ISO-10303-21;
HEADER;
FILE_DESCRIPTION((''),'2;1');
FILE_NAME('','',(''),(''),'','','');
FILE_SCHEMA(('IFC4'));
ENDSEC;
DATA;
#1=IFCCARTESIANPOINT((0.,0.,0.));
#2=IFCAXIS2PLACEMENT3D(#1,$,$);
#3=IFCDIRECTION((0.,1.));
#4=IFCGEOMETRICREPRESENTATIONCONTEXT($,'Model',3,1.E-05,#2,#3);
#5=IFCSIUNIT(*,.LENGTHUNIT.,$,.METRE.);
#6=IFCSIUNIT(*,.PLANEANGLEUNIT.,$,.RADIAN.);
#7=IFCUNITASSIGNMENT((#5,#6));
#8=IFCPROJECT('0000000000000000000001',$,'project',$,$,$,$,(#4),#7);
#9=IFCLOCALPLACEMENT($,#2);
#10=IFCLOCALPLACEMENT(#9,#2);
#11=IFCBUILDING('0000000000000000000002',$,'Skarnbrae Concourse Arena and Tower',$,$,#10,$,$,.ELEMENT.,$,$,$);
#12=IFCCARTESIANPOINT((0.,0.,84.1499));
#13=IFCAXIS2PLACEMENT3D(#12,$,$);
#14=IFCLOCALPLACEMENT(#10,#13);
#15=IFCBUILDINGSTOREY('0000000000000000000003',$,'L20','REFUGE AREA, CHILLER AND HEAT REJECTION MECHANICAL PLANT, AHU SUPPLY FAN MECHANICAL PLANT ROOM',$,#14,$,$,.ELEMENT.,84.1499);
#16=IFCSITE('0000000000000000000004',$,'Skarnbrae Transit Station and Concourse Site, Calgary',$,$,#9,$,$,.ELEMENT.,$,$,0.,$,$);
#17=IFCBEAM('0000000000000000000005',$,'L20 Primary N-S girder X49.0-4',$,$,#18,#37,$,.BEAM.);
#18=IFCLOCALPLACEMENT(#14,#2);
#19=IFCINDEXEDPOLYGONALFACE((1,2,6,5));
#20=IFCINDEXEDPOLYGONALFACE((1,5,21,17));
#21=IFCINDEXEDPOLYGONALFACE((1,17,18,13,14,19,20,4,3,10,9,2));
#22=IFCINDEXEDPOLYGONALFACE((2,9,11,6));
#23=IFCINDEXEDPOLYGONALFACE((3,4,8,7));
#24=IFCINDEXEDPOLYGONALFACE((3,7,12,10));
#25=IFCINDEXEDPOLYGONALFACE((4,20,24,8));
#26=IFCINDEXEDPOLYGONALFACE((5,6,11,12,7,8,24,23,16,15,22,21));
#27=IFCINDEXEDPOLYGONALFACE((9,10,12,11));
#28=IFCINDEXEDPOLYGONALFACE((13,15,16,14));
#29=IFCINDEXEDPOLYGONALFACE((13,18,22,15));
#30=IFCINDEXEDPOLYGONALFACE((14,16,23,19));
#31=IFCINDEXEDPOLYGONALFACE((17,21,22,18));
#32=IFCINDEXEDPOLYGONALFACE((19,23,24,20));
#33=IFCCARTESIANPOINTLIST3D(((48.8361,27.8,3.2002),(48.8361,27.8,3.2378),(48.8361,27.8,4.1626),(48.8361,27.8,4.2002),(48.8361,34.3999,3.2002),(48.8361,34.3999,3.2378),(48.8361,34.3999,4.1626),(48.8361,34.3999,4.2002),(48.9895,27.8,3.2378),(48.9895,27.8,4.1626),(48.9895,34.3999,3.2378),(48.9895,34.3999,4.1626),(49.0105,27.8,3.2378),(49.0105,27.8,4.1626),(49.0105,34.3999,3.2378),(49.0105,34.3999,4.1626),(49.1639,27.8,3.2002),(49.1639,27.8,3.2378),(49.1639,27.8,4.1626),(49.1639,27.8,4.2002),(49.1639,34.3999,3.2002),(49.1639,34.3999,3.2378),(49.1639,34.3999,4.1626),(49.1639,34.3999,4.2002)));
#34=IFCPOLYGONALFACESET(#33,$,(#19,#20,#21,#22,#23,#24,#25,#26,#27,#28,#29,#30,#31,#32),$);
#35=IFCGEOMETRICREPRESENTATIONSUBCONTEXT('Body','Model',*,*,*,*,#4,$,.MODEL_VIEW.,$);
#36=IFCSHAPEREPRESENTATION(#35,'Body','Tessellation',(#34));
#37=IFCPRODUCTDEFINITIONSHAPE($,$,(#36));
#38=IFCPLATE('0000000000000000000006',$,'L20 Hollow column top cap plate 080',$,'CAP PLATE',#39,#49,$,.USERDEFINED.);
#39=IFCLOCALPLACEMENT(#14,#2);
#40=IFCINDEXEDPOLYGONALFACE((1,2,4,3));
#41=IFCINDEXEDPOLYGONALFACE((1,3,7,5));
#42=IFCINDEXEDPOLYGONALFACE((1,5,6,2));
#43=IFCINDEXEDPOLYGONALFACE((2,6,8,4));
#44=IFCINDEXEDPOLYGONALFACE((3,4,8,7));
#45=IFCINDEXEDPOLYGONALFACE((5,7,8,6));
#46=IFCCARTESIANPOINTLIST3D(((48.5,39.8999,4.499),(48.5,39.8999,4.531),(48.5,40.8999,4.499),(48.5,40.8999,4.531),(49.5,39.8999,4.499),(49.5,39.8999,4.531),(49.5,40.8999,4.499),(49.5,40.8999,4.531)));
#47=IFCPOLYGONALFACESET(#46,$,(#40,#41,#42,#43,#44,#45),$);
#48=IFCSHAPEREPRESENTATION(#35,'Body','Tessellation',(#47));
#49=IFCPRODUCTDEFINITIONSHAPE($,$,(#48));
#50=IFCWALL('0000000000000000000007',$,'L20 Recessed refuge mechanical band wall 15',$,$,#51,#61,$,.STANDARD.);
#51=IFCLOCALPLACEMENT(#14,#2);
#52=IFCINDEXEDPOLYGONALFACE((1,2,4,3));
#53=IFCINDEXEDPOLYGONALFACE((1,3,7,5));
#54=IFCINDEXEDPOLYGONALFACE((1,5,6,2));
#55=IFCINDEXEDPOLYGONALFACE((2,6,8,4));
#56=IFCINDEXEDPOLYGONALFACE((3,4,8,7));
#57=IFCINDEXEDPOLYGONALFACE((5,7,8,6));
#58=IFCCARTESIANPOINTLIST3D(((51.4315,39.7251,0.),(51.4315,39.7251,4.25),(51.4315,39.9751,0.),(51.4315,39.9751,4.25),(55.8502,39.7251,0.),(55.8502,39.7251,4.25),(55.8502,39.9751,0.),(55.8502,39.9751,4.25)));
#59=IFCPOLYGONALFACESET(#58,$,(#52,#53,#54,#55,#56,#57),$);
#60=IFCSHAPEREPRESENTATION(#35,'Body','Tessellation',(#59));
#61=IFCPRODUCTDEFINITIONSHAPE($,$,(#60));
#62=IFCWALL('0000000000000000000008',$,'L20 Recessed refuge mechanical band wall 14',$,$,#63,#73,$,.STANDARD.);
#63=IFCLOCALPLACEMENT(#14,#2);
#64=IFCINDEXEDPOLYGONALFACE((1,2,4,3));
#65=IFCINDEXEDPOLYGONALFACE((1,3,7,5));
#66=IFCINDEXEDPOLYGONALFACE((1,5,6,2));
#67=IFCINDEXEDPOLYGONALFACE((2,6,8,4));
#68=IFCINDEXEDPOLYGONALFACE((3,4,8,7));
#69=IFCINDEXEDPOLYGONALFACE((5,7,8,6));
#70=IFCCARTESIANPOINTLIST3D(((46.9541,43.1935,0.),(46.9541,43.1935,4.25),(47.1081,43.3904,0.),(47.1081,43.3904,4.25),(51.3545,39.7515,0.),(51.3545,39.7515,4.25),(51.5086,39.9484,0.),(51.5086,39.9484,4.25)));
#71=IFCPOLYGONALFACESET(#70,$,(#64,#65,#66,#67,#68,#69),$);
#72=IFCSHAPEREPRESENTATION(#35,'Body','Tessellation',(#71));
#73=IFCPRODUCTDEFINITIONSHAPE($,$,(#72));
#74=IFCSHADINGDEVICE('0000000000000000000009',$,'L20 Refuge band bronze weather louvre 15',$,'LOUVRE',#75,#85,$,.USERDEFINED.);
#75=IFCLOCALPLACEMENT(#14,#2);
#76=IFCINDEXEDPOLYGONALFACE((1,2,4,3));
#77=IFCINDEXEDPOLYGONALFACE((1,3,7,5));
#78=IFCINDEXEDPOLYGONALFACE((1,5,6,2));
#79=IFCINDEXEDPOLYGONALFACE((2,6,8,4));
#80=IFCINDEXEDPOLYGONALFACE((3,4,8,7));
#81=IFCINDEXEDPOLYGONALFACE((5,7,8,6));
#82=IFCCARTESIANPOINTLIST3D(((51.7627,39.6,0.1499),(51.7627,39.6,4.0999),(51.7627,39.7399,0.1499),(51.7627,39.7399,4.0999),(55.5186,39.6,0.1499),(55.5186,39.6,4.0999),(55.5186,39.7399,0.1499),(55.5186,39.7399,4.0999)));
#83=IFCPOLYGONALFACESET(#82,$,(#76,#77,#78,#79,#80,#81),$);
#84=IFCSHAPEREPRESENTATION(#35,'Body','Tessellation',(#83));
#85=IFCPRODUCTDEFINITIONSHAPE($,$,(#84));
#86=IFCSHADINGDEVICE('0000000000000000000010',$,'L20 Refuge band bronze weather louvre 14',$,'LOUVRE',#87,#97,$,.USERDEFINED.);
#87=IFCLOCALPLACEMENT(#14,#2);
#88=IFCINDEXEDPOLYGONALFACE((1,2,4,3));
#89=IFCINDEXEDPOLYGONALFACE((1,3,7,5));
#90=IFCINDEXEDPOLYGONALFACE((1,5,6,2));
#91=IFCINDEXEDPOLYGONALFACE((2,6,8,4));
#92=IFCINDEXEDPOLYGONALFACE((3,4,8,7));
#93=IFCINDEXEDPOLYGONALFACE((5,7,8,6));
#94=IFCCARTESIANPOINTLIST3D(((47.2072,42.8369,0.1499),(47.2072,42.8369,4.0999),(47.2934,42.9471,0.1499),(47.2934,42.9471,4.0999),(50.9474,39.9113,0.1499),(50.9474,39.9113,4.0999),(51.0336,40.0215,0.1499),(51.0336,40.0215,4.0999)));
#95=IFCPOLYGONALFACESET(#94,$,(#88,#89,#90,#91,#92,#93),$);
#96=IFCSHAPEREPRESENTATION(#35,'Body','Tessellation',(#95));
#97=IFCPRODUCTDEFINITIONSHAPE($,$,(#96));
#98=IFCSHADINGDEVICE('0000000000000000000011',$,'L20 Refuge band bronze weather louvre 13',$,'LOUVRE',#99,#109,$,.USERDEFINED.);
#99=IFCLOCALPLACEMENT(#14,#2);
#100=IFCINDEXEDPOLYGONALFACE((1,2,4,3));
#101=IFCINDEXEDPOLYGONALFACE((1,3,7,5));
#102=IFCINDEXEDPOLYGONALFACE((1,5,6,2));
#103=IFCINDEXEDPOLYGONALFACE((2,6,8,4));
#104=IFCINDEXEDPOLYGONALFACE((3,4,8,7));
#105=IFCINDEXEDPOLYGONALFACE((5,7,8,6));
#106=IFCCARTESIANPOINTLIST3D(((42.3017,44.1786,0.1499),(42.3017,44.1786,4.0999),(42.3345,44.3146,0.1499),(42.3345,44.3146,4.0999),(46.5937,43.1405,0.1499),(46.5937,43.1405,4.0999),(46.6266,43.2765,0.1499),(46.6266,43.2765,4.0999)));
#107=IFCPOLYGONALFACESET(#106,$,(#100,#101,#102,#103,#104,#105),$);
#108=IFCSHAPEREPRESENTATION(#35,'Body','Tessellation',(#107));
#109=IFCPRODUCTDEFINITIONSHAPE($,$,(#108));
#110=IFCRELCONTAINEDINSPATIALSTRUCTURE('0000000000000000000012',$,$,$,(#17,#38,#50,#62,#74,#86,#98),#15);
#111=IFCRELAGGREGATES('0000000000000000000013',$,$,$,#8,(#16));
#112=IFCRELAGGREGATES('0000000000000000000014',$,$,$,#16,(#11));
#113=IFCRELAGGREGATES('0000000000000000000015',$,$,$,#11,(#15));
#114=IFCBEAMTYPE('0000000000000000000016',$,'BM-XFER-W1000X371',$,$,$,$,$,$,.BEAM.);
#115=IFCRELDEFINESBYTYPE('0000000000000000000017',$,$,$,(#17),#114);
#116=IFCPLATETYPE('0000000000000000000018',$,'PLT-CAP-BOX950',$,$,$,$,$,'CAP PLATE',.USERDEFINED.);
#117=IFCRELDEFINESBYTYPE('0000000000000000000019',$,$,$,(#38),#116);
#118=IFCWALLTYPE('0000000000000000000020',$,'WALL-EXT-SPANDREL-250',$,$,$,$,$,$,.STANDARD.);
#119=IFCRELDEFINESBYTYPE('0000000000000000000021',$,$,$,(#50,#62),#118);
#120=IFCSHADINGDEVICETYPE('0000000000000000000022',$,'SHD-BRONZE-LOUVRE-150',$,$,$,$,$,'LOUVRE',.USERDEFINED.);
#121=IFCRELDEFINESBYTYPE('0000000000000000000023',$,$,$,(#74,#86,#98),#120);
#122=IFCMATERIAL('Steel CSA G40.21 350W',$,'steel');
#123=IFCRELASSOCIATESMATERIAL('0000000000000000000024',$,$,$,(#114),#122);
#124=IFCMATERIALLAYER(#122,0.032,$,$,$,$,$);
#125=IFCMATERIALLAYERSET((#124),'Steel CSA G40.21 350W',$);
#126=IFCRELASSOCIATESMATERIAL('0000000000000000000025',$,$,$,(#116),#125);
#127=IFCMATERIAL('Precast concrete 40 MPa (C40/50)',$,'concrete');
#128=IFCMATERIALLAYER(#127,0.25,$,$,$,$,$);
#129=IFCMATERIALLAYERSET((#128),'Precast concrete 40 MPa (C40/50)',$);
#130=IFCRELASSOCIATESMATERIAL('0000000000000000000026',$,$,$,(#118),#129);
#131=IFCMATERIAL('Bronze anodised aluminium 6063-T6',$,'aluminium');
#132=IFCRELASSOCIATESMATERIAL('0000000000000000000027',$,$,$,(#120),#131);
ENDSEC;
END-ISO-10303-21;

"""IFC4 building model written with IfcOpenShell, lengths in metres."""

from ifc_helpers import new_model, si_unit, direction, frame, frame_2d, origin, origin_2d, place, context, subcontext, project, spatial, rectangle, i_section, extrude, source, transform, mapped, material, layer, layer_set, material_profile, profile_set, type_object, element, save


model = new_model("IFC4")

# Units and contexts
model_context = context("Model", 3, precision=1e-05, world=origin(), true_north=direction((0.0, 1.0)))
body_context = subcontext(model_context, "Body", "Model", "MODEL_VIEW")
ifc_project = project(units=[si_unit("LENGTHUNIT", "METRE"), si_unit("PLANEANGLEUNIT", "RADIAN")], contexts=[model_context])

# Site, building, storey
site_placement = place(None, origin())
site = spatial("IfcSite", under=ifc_project, at=site_placement, Name="Skarnbrae Transit Station and Concourse Site, Calgary", CompositionType="ELEMENT", RefElevation=0.0)
building_placement = place(site_placement, origin())
building = spatial("IfcBuilding", under=site, at=building_placement, Name="Skarnbrae Concourse Arena and Tower", CompositionType="ELEMENT")
storey_placement = place(building_placement, frame((0.0, 0.0, 84.1499)))
storey = spatial("IfcBuildingStorey", under=building, at=storey_placement, Name="L20", Description="REFUGE AREA, CHILLER AND HEAT REJECTION MECHANICAL PLANT, AHU SUPPLY FAN MECHANICAL PLANT ROOM", CompositionType="ELEMENT", Elevation=84.1499)

# Shared definitions
ifc_material_1 = material(Name="Steel CSA G40.21 350W", Category="steel")

# Beam
ifc_material_profile_1 = material_profile(ifc_material_1, i_section(OverallWidth=0.3279, OverallDepth=1.0, WebThickness=0.021, FlangeThickness=0.0376, at=origin_2d()), Name="W1000X371")
ifc_profile_set_1 = profile_set([ifc_material_profile_1], Name="Steel CSA G40.21 350W")
beam_type_1 = type_object("IfcBeamType", Name="BM-XFER-W1000X371", PredefinedType="BEAM", material=ifc_profile_set_1)
shared_shape_1 = source(origin(), body_context, "Body", "SweptSolid", [
    extrude(i_section(OverallWidth=0.3279, OverallDepth=1.0, WebThickness=0.021, FlangeThickness=0.0376, at=origin_2d()), origin(), (0.0, 0.0, 1.0), 6.5999),
])
beam_placement = place(storey_placement, frame((49.0, 27.8, 3.7002), z_axis=(0.0, 1.0, 0.0), x_axis=(-1.0, 0.0, 0.0)))
element("IfcBeam", 1, at=beam_placement, inside=storey, type_object=beam_type_1, Name="L20 Primary N-S girder X49.0-4", PredefinedType="BEAM", context=body_context, shape_type="MappedRepresentation", body=[
    mapped(shared_shape_1, transform((0.0, 0.0, 0.0))),
])

# Plate
ifc_layer_1 = layer(ifc_material_1, 0.032)
ifc_layer_set_1 = layer_set([ifc_layer_1], Name="Steel CSA G40.21 350W")
plate_type = type_object("IfcPlateType", Name="PLT-CAP-BOX950", ElementType="CAP PLATE", PredefinedType="USERDEFINED", material=ifc_layer_set_1)
shared_shape_2 = source(origin(), body_context, "Body", "SweptSolid", [
    extrude(rectangle(XDim=1.0, YDim=1.0, at=origin_2d()), origin(), (0.0, 0.0, 1.0), 0.032),
])
plate_placement = place(storey_placement, frame((49.0, 40.3999, 4.499), z_axis=(0.0, 0.0, 1.0), x_axis=(1.0, 0.0, 0.0)))
element("IfcPlate", 2, at=plate_placement, inside=storey, type_object=plate_type, Name="L20 Hollow column top cap plate 080", ObjectType="CAP PLATE", PredefinedType="USERDEFINED", context=body_context, shape_type="MappedRepresentation", body=[
    mapped(shared_shape_2, transform((0.0, 0.0, 0.0))),
])

# Walls
ifc_material_2 = material(Name="Precast concrete 40 MPa (C40/50)", Category="concrete")
ifc_layer_2 = layer(ifc_material_2, 0.25)
ifc_layer_set_2 = layer_set([ifc_layer_2], Name="Precast concrete 40 MPa (C40/50)")
wall_type = type_object("IfcWallType", Name="WALL-EXT-SPANDREL-250", PredefinedType="STANDARD", material=ifc_layer_set_2)
shared_shape_3 = source(origin(), body_context, "Body", "SweptSolid", [
    extrude(rectangle(XDim=4.4187, YDim=0.25, at=frame_2d((2.2095, 0.0))), origin(), (0.0, 0.0, 1.0), 4.25),
])
wall_1_placement = place(storey_placement, frame((51.4314, 39.8501, 0.0), z_axis=(0.0, 0.0, 1.0), x_axis=(1.0, 0.0, 0.0)))
element("IfcWall", 3, at=wall_1_placement, inside=storey, type_object=wall_type, Name="L20 Recessed refuge mechanical band wall 15", PredefinedType="STANDARD", context=body_context, shape_type="MappedRepresentation", body=[
    mapped(shared_shape_3, transform((0.0, 0.0, 0.0))),
])
shared_shape_4 = source(origin(), body_context, "Body", "SweptSolid", [
    extrude(rectangle(XDim=5.5867, YDim=0.25, at=frame_2d((2.7935, 0.0))), origin(), (0.0, 0.0, 1.0), 4.25),
])
wall_2_placement = place(storey_placement, frame((47.031, 43.292, 0.0), z_axis=(0.0, 0.0, 1.0), x_axis=(0.787669, -0.616098, 0.0)))
element("IfcWall", 4, at=wall_2_placement, inside=storey, type_object=wall_type, Name="L20 Recessed refuge mechanical band wall 14", PredefinedType="STANDARD", context=body_context, shape_type="MappedRepresentation", body=[
    mapped(shared_shape_4, transform((0.0, 0.0, 0.0))),
])

# Shading devices
ifc_material_3 = material(Name="Bronze anodised aluminium 6063-T6", Category="aluminium")
shading_device_type = type_object("IfcShadingDeviceType", Name="SHD-BRONZE-LOUVRE-150", ElementType="LOUVRE", PredefinedType="USERDEFINED", material=ifc_material_3)
shared_shape_5 = source(origin(), body_context, "Body", "SweptSolid", [
    extrude(rectangle(XDim=3.7559, YDim=0.1399, at=origin_2d()), origin(), (0.0, 0.0, 1.0), 3.95),
])
shading_device_1_placement = place(storey_placement, frame((53.6406, 39.6699, 0.1499), z_axis=(0.0, 0.0, 1.0), x_axis=(1.0, 0.0, 0.0)))
element("IfcShadingDevice", 5, at=shading_device_1_placement, inside=storey, type_object=shading_device_type, Name="L20 Refuge band bronze weather louvre 15", ObjectType="LOUVRE", PredefinedType="USERDEFINED", context=body_context, shape_type="MappedRepresentation", body=[
    mapped(shared_shape_5, transform((0.0, 0.0, 0.0))),
])
shared_shape_6 = source(origin(), body_context, "Body", "SweptSolid", [
    extrude(rectangle(XDim=4.7485, YDim=0.1399, at=origin_2d()), origin(), (0.0, 0.0, 1.0), 3.95),
])
shading_device_2_placement = place(storey_placement, frame((49.1204, 41.4292, 0.1499), z_axis=(0.0, 0.0, 1.0), x_axis=(0.787656, -0.616115, 0.0)))
element("IfcShadingDevice", 6, at=shading_device_2_placement, inside=storey, type_object=shading_device_type, Name="L20 Refuge band bronze weather louvre 14", ObjectType="LOUVRE", PredefinedType="USERDEFINED", context=body_context, shape_type="MappedRepresentation", body=[
    mapped(shared_shape_6, transform((0.0, 0.0, 0.0))),
])
shared_shape_7 = source(origin(), body_context, "Body", "SweptSolid", [
    extrude(rectangle(XDim=4.4158, YDim=0.1399, at=origin_2d()), origin(), (0.0, 0.0, 1.0), 3.95),
])
shading_device_3_placement = place(storey_placement, frame((44.4641, 43.7275, 0.1499), z_axis=(0.0, 0.0, 1.0), x_axis=(0.971973, -0.235091, 0.0)))
element("IfcShadingDevice", 7, at=shading_device_3_placement, inside=storey, type_object=shading_device_type, Name="L20 Refuge band bronze weather louvre 13", ObjectType="LOUVRE", PredefinedType="USERDEFINED", context=body_context, shape_type="MappedRepresentation", body=[
    mapped(shared_shape_7, transform((0.0, 0.0, 0.0))),
])

save(model, "model.ifc")
